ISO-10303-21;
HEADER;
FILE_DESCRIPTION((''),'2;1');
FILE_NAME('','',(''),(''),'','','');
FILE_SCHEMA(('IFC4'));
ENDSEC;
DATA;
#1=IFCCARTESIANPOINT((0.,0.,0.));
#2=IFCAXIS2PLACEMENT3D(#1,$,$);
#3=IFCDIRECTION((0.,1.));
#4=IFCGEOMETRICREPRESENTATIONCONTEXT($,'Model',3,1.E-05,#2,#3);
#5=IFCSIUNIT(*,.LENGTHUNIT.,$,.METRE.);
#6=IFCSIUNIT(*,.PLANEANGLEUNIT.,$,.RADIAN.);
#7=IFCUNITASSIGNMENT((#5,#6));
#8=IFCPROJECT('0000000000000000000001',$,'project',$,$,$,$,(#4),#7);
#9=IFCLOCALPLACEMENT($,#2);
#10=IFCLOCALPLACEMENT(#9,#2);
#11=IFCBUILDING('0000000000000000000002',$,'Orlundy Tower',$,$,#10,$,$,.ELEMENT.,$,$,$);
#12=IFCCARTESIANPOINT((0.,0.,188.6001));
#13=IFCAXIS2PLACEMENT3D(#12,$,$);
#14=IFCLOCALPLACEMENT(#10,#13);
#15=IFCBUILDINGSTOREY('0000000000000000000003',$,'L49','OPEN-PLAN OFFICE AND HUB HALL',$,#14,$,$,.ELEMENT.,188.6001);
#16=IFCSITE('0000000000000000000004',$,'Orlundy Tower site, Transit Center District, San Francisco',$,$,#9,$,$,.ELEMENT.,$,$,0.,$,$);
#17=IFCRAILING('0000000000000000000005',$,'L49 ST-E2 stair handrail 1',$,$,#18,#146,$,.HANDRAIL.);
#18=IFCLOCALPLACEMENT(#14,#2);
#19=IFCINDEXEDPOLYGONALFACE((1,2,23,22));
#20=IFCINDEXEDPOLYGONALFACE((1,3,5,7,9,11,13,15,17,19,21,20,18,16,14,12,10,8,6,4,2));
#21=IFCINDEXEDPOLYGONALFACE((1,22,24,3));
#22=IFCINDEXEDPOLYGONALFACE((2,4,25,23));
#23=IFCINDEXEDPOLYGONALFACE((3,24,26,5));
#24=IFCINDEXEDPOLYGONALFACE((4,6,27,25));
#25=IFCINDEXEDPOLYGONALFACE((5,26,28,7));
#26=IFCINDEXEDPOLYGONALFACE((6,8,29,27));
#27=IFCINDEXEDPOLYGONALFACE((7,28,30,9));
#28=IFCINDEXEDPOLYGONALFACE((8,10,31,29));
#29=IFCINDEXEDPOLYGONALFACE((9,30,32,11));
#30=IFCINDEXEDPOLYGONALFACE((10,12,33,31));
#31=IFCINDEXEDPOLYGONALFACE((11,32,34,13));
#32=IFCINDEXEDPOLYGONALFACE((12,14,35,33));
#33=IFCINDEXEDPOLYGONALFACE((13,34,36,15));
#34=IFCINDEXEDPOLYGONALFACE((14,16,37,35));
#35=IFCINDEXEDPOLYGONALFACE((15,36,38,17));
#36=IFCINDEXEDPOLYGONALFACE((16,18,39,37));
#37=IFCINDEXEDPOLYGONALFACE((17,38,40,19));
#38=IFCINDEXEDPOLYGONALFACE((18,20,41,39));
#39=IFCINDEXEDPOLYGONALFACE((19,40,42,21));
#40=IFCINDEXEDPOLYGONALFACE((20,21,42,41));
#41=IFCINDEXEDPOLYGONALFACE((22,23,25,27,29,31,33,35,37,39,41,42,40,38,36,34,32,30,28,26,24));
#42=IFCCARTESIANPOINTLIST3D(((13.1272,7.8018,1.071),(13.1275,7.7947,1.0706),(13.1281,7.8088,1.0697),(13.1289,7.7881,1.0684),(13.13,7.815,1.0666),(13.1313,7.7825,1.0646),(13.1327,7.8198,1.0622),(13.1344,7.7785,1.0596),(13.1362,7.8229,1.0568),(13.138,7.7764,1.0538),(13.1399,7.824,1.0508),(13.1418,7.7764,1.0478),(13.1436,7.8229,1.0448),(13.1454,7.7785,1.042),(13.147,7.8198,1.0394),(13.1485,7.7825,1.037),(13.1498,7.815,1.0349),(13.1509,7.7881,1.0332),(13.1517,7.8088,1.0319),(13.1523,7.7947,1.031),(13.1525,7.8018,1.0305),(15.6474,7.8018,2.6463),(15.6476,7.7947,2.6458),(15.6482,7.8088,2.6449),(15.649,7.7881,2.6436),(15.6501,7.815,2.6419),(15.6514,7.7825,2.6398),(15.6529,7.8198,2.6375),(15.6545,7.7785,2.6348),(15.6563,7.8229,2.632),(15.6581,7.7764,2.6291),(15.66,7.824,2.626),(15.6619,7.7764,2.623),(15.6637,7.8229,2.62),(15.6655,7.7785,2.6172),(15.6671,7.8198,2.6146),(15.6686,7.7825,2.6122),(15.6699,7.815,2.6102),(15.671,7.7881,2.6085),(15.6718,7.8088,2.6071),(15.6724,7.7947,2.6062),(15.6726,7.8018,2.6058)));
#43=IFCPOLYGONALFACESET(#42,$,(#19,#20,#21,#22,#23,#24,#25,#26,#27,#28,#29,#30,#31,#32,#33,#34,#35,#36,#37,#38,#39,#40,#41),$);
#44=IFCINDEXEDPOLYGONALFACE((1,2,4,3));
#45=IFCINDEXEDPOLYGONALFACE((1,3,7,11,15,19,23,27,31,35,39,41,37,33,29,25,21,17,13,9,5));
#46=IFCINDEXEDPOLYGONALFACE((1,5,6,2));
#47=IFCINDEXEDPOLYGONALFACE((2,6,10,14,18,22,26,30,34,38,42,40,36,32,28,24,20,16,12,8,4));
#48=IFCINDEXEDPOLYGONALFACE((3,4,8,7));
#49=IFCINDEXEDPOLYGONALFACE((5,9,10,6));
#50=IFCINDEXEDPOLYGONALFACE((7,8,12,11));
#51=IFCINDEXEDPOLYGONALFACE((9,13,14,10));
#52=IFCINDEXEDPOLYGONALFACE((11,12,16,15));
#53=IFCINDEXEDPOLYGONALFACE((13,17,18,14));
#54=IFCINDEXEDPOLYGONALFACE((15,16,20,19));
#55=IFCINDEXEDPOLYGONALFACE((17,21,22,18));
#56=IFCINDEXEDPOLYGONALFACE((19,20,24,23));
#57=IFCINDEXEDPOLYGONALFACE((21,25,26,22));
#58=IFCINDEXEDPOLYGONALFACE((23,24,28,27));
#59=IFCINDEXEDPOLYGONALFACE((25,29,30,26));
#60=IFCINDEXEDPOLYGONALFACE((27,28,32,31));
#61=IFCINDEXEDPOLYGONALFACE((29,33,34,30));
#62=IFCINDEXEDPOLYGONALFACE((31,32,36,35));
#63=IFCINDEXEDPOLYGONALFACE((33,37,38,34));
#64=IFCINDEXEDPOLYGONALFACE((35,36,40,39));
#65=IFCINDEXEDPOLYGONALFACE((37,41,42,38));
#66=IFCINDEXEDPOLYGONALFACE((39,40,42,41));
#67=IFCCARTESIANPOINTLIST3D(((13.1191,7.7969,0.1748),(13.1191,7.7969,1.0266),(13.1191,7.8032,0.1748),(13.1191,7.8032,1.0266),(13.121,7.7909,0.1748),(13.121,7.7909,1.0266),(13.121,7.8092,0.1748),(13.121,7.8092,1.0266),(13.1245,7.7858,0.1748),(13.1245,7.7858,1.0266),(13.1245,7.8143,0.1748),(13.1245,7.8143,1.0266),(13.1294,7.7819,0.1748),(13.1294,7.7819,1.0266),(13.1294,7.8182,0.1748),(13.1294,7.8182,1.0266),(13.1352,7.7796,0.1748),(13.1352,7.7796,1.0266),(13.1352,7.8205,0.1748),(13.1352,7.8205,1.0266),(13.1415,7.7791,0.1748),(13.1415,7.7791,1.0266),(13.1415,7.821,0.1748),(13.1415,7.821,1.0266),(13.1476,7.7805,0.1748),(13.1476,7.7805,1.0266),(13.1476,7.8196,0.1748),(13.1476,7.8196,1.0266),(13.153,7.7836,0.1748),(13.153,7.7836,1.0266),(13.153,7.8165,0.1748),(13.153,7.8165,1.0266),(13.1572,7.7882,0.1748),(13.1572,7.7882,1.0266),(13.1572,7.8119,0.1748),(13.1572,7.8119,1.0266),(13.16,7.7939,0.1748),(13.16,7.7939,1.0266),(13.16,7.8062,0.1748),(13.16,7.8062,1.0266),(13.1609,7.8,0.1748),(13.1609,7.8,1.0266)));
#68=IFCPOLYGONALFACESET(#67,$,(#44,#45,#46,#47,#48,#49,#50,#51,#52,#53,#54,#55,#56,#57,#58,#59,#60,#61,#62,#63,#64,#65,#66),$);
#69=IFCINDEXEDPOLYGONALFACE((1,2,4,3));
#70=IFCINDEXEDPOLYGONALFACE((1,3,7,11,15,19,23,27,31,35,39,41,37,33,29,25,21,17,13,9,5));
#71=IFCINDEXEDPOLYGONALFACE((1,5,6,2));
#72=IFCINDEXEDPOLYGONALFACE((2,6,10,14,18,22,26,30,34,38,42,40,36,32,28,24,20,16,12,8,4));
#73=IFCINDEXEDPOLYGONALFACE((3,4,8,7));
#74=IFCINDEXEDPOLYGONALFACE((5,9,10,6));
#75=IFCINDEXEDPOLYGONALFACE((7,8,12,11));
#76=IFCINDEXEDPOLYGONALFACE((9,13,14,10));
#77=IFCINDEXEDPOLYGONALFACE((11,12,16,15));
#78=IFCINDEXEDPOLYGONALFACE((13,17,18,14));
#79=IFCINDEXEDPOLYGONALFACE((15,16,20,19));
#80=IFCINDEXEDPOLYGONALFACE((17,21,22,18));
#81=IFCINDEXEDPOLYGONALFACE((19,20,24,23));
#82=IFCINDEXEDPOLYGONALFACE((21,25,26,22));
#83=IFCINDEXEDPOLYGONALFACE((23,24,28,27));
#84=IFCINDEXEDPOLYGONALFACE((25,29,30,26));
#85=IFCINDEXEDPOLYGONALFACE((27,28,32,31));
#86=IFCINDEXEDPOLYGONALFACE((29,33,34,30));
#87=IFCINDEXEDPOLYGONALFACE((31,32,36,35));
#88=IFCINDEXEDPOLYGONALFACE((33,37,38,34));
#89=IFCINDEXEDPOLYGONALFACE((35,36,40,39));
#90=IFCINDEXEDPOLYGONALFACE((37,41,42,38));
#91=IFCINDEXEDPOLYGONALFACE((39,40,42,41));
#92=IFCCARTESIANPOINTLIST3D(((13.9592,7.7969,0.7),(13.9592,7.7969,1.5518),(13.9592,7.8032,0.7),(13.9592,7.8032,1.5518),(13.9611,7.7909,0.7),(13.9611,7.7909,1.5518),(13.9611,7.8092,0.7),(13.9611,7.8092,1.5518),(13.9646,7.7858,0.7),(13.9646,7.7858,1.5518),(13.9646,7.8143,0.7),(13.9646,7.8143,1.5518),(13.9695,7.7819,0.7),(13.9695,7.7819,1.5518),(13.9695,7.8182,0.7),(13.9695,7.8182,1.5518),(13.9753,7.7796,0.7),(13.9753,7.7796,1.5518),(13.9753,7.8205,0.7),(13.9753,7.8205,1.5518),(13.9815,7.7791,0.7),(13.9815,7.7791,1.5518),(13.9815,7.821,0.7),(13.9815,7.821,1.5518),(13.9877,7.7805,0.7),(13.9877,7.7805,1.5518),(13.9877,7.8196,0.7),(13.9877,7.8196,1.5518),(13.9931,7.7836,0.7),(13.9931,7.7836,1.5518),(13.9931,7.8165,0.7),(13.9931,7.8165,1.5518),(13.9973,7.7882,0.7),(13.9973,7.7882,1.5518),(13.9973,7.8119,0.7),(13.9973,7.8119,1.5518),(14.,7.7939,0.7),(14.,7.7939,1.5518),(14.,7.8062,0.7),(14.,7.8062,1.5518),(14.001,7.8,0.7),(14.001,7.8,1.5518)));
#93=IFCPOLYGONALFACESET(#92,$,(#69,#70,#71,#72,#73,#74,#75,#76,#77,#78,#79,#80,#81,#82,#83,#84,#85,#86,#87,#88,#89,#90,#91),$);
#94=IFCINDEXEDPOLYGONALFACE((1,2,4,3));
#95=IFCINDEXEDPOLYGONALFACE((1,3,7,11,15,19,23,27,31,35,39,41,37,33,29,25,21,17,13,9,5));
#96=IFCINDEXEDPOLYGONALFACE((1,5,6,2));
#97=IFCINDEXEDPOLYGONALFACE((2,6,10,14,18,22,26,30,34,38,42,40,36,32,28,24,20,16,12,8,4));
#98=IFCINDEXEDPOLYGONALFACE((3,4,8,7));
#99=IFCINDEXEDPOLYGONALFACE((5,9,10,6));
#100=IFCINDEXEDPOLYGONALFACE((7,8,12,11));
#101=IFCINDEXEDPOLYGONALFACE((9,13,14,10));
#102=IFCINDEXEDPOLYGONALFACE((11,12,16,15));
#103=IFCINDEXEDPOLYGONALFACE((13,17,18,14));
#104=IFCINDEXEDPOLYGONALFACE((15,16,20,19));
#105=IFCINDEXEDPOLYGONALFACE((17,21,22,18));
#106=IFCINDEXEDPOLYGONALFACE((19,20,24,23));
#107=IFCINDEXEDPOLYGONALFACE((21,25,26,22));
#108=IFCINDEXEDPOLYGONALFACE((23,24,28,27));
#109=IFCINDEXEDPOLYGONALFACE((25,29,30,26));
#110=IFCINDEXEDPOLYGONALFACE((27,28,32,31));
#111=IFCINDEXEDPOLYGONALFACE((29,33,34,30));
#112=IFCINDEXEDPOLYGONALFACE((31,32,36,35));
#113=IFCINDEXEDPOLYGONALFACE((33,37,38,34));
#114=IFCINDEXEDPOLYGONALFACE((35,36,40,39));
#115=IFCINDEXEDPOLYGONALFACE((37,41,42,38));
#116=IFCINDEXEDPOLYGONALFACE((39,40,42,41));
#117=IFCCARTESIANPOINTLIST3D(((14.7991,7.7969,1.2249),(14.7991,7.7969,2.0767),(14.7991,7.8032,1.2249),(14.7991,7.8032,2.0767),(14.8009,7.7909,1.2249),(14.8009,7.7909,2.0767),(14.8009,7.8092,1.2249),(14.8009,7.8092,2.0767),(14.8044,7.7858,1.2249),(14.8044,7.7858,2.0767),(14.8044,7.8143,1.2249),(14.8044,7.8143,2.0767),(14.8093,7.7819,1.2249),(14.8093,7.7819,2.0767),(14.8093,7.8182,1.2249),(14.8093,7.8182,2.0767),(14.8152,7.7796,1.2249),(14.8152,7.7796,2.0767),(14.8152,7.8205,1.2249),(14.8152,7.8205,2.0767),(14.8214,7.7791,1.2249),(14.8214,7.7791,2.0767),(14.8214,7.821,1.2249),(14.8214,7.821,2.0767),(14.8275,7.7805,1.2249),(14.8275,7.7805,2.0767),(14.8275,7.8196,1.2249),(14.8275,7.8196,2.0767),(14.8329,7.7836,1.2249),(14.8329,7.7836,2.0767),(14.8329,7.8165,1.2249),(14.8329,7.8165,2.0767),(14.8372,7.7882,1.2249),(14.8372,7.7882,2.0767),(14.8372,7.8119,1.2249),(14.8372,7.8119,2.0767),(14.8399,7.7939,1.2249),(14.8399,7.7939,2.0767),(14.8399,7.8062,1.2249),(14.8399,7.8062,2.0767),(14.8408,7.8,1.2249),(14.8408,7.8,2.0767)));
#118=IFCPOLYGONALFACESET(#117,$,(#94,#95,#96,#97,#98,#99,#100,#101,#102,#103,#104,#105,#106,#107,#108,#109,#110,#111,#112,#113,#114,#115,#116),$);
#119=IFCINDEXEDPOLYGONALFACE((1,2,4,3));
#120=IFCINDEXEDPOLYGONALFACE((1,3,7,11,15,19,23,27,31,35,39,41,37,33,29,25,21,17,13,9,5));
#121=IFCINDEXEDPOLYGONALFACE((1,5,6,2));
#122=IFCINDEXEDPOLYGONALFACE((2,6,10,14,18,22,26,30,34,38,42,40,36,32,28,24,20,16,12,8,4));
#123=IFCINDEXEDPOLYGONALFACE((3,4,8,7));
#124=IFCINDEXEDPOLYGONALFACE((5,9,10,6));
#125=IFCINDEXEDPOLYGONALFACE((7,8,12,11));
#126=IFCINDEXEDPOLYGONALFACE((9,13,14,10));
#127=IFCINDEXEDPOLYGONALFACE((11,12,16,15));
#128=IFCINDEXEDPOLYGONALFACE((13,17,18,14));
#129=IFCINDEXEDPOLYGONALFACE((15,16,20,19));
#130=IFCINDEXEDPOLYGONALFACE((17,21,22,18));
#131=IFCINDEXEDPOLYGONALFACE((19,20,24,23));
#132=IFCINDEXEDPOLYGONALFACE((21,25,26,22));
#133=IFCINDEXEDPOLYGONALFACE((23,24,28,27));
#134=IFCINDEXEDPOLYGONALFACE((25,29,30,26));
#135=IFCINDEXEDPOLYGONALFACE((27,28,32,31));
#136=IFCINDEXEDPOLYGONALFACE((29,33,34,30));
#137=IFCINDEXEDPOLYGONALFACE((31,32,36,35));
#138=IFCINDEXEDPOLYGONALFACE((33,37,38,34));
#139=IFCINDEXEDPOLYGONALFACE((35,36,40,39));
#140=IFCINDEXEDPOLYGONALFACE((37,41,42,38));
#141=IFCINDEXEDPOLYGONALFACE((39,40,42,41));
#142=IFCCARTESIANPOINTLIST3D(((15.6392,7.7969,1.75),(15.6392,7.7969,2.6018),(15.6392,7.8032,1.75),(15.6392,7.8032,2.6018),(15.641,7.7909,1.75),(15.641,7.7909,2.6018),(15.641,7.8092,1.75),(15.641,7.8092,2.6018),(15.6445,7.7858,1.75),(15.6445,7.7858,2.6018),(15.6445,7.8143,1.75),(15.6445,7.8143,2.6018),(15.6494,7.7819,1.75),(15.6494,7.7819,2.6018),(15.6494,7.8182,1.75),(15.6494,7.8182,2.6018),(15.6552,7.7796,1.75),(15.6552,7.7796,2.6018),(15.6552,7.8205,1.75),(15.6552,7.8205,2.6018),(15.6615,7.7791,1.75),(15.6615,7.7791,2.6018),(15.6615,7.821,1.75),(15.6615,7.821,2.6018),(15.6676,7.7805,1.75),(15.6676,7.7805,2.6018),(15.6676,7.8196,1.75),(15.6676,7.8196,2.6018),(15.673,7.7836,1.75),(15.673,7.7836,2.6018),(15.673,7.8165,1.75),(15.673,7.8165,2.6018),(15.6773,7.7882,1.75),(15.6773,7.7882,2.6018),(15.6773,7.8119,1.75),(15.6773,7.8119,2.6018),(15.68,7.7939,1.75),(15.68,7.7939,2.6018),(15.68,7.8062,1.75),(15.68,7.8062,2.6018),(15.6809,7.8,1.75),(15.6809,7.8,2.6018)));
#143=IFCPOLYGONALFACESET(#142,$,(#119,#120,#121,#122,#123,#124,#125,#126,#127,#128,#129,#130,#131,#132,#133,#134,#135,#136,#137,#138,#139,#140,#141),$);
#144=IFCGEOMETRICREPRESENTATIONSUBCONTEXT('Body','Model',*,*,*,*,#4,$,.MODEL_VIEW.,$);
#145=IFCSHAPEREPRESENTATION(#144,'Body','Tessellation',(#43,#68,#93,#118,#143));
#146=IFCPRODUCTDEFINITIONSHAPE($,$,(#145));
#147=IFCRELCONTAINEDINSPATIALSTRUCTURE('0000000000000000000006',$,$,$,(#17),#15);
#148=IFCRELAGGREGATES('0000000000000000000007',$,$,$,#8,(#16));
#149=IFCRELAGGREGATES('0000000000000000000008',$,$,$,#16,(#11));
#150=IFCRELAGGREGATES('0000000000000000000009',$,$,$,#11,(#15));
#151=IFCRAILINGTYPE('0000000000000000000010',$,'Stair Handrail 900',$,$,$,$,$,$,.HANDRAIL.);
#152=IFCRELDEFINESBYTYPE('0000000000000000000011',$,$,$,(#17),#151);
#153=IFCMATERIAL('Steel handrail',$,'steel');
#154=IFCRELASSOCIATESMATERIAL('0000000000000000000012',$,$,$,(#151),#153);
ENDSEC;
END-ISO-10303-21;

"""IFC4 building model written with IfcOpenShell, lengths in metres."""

from ifc_helpers import new_model, si_unit, direction, frame, origin, origin_2d, place, context, subcontext, project, spatial, circle, extrude, material, type_object, element, save


model = new_model("IFC4")

# Units and contexts
model_context = context("Model", 3, precision=1e-05, world=origin(), true_north=direction((0.0, 1.0)))
body_context = subcontext(model_context, "Body", "Model", "MODEL_VIEW")
ifc_project = project(units=[si_unit("LENGTHUNIT", "METRE"), si_unit("PLANEANGLEUNIT", "RADIAN")], contexts=[model_context])

# Site, building, storey
site_placement = place(None, origin())
site = spatial("IfcSite", under=ifc_project, at=site_placement, Name="Orlundy Tower site, Transit Center District, San Francisco", CompositionType="ELEMENT", RefElevation=0.0)
building_placement = place(site_placement, origin())
building = spatial("IfcBuilding", under=site, at=building_placement, Name="Orlundy Tower", CompositionType="ELEMENT")
storey_placement = place(building_placement, frame((0.0, 0.0, 188.6001)))
storey = spatial("IfcBuildingStorey", under=building, at=storey_placement, Name="L49", Description="OPEN-PLAN OFFICE AND HUB HALL", CompositionType="ELEMENT", Elevation=188.6001)

# Railing
ifc_material_1 = material(Name="Steel handrail", Category="steel")
railing_type = type_object("IfcRailingType", Name="Stair Handrail 900", PredefinedType="HANDRAIL", material=ifc_material_1)
railing_placement = place(storey_placement, frame((13.1399, 7.8, 0.1748)))
element("IfcRailing", 1, at=railing_placement, inside=storey, type_object=railing_type, Name="L49 ST-E2 stair handrail 1", PredefinedType="HANDRAIL", context=body_context, shape_type="SweptSolid", body=[
    extrude(circle(Radius=0.0239, at=origin_2d()), frame((0.0, 0.0, 0.876), z_axis=(0.847971, 0.0, 0.530043), x_axis=(0.0, 1.0, 0.0)), (0.0, 0.0, 1.0), 2.9719),
    extrude(circle(Radius=0.021, at=origin_2d()), origin(), (0.0, 0.0, 1.0), 0.8518),
    extrude(circle(Radius=0.021, at=origin_2d()), frame((0.8401, 0.0, 0.5251)), (0.0, 0.0, 1.0), 0.8518),
    extrude(circle(Radius=0.021, at=origin_2d()), frame((1.6799, 0.0, 1.05)), (0.0, 0.0, 1.0), 0.8518),
    extrude(circle(Radius=0.021, at=origin_2d()), frame((2.52, 0.0, 1.5752)), (0.0, 0.0, 1.0), 0.8518),
])

save(model, "model.ifc")
